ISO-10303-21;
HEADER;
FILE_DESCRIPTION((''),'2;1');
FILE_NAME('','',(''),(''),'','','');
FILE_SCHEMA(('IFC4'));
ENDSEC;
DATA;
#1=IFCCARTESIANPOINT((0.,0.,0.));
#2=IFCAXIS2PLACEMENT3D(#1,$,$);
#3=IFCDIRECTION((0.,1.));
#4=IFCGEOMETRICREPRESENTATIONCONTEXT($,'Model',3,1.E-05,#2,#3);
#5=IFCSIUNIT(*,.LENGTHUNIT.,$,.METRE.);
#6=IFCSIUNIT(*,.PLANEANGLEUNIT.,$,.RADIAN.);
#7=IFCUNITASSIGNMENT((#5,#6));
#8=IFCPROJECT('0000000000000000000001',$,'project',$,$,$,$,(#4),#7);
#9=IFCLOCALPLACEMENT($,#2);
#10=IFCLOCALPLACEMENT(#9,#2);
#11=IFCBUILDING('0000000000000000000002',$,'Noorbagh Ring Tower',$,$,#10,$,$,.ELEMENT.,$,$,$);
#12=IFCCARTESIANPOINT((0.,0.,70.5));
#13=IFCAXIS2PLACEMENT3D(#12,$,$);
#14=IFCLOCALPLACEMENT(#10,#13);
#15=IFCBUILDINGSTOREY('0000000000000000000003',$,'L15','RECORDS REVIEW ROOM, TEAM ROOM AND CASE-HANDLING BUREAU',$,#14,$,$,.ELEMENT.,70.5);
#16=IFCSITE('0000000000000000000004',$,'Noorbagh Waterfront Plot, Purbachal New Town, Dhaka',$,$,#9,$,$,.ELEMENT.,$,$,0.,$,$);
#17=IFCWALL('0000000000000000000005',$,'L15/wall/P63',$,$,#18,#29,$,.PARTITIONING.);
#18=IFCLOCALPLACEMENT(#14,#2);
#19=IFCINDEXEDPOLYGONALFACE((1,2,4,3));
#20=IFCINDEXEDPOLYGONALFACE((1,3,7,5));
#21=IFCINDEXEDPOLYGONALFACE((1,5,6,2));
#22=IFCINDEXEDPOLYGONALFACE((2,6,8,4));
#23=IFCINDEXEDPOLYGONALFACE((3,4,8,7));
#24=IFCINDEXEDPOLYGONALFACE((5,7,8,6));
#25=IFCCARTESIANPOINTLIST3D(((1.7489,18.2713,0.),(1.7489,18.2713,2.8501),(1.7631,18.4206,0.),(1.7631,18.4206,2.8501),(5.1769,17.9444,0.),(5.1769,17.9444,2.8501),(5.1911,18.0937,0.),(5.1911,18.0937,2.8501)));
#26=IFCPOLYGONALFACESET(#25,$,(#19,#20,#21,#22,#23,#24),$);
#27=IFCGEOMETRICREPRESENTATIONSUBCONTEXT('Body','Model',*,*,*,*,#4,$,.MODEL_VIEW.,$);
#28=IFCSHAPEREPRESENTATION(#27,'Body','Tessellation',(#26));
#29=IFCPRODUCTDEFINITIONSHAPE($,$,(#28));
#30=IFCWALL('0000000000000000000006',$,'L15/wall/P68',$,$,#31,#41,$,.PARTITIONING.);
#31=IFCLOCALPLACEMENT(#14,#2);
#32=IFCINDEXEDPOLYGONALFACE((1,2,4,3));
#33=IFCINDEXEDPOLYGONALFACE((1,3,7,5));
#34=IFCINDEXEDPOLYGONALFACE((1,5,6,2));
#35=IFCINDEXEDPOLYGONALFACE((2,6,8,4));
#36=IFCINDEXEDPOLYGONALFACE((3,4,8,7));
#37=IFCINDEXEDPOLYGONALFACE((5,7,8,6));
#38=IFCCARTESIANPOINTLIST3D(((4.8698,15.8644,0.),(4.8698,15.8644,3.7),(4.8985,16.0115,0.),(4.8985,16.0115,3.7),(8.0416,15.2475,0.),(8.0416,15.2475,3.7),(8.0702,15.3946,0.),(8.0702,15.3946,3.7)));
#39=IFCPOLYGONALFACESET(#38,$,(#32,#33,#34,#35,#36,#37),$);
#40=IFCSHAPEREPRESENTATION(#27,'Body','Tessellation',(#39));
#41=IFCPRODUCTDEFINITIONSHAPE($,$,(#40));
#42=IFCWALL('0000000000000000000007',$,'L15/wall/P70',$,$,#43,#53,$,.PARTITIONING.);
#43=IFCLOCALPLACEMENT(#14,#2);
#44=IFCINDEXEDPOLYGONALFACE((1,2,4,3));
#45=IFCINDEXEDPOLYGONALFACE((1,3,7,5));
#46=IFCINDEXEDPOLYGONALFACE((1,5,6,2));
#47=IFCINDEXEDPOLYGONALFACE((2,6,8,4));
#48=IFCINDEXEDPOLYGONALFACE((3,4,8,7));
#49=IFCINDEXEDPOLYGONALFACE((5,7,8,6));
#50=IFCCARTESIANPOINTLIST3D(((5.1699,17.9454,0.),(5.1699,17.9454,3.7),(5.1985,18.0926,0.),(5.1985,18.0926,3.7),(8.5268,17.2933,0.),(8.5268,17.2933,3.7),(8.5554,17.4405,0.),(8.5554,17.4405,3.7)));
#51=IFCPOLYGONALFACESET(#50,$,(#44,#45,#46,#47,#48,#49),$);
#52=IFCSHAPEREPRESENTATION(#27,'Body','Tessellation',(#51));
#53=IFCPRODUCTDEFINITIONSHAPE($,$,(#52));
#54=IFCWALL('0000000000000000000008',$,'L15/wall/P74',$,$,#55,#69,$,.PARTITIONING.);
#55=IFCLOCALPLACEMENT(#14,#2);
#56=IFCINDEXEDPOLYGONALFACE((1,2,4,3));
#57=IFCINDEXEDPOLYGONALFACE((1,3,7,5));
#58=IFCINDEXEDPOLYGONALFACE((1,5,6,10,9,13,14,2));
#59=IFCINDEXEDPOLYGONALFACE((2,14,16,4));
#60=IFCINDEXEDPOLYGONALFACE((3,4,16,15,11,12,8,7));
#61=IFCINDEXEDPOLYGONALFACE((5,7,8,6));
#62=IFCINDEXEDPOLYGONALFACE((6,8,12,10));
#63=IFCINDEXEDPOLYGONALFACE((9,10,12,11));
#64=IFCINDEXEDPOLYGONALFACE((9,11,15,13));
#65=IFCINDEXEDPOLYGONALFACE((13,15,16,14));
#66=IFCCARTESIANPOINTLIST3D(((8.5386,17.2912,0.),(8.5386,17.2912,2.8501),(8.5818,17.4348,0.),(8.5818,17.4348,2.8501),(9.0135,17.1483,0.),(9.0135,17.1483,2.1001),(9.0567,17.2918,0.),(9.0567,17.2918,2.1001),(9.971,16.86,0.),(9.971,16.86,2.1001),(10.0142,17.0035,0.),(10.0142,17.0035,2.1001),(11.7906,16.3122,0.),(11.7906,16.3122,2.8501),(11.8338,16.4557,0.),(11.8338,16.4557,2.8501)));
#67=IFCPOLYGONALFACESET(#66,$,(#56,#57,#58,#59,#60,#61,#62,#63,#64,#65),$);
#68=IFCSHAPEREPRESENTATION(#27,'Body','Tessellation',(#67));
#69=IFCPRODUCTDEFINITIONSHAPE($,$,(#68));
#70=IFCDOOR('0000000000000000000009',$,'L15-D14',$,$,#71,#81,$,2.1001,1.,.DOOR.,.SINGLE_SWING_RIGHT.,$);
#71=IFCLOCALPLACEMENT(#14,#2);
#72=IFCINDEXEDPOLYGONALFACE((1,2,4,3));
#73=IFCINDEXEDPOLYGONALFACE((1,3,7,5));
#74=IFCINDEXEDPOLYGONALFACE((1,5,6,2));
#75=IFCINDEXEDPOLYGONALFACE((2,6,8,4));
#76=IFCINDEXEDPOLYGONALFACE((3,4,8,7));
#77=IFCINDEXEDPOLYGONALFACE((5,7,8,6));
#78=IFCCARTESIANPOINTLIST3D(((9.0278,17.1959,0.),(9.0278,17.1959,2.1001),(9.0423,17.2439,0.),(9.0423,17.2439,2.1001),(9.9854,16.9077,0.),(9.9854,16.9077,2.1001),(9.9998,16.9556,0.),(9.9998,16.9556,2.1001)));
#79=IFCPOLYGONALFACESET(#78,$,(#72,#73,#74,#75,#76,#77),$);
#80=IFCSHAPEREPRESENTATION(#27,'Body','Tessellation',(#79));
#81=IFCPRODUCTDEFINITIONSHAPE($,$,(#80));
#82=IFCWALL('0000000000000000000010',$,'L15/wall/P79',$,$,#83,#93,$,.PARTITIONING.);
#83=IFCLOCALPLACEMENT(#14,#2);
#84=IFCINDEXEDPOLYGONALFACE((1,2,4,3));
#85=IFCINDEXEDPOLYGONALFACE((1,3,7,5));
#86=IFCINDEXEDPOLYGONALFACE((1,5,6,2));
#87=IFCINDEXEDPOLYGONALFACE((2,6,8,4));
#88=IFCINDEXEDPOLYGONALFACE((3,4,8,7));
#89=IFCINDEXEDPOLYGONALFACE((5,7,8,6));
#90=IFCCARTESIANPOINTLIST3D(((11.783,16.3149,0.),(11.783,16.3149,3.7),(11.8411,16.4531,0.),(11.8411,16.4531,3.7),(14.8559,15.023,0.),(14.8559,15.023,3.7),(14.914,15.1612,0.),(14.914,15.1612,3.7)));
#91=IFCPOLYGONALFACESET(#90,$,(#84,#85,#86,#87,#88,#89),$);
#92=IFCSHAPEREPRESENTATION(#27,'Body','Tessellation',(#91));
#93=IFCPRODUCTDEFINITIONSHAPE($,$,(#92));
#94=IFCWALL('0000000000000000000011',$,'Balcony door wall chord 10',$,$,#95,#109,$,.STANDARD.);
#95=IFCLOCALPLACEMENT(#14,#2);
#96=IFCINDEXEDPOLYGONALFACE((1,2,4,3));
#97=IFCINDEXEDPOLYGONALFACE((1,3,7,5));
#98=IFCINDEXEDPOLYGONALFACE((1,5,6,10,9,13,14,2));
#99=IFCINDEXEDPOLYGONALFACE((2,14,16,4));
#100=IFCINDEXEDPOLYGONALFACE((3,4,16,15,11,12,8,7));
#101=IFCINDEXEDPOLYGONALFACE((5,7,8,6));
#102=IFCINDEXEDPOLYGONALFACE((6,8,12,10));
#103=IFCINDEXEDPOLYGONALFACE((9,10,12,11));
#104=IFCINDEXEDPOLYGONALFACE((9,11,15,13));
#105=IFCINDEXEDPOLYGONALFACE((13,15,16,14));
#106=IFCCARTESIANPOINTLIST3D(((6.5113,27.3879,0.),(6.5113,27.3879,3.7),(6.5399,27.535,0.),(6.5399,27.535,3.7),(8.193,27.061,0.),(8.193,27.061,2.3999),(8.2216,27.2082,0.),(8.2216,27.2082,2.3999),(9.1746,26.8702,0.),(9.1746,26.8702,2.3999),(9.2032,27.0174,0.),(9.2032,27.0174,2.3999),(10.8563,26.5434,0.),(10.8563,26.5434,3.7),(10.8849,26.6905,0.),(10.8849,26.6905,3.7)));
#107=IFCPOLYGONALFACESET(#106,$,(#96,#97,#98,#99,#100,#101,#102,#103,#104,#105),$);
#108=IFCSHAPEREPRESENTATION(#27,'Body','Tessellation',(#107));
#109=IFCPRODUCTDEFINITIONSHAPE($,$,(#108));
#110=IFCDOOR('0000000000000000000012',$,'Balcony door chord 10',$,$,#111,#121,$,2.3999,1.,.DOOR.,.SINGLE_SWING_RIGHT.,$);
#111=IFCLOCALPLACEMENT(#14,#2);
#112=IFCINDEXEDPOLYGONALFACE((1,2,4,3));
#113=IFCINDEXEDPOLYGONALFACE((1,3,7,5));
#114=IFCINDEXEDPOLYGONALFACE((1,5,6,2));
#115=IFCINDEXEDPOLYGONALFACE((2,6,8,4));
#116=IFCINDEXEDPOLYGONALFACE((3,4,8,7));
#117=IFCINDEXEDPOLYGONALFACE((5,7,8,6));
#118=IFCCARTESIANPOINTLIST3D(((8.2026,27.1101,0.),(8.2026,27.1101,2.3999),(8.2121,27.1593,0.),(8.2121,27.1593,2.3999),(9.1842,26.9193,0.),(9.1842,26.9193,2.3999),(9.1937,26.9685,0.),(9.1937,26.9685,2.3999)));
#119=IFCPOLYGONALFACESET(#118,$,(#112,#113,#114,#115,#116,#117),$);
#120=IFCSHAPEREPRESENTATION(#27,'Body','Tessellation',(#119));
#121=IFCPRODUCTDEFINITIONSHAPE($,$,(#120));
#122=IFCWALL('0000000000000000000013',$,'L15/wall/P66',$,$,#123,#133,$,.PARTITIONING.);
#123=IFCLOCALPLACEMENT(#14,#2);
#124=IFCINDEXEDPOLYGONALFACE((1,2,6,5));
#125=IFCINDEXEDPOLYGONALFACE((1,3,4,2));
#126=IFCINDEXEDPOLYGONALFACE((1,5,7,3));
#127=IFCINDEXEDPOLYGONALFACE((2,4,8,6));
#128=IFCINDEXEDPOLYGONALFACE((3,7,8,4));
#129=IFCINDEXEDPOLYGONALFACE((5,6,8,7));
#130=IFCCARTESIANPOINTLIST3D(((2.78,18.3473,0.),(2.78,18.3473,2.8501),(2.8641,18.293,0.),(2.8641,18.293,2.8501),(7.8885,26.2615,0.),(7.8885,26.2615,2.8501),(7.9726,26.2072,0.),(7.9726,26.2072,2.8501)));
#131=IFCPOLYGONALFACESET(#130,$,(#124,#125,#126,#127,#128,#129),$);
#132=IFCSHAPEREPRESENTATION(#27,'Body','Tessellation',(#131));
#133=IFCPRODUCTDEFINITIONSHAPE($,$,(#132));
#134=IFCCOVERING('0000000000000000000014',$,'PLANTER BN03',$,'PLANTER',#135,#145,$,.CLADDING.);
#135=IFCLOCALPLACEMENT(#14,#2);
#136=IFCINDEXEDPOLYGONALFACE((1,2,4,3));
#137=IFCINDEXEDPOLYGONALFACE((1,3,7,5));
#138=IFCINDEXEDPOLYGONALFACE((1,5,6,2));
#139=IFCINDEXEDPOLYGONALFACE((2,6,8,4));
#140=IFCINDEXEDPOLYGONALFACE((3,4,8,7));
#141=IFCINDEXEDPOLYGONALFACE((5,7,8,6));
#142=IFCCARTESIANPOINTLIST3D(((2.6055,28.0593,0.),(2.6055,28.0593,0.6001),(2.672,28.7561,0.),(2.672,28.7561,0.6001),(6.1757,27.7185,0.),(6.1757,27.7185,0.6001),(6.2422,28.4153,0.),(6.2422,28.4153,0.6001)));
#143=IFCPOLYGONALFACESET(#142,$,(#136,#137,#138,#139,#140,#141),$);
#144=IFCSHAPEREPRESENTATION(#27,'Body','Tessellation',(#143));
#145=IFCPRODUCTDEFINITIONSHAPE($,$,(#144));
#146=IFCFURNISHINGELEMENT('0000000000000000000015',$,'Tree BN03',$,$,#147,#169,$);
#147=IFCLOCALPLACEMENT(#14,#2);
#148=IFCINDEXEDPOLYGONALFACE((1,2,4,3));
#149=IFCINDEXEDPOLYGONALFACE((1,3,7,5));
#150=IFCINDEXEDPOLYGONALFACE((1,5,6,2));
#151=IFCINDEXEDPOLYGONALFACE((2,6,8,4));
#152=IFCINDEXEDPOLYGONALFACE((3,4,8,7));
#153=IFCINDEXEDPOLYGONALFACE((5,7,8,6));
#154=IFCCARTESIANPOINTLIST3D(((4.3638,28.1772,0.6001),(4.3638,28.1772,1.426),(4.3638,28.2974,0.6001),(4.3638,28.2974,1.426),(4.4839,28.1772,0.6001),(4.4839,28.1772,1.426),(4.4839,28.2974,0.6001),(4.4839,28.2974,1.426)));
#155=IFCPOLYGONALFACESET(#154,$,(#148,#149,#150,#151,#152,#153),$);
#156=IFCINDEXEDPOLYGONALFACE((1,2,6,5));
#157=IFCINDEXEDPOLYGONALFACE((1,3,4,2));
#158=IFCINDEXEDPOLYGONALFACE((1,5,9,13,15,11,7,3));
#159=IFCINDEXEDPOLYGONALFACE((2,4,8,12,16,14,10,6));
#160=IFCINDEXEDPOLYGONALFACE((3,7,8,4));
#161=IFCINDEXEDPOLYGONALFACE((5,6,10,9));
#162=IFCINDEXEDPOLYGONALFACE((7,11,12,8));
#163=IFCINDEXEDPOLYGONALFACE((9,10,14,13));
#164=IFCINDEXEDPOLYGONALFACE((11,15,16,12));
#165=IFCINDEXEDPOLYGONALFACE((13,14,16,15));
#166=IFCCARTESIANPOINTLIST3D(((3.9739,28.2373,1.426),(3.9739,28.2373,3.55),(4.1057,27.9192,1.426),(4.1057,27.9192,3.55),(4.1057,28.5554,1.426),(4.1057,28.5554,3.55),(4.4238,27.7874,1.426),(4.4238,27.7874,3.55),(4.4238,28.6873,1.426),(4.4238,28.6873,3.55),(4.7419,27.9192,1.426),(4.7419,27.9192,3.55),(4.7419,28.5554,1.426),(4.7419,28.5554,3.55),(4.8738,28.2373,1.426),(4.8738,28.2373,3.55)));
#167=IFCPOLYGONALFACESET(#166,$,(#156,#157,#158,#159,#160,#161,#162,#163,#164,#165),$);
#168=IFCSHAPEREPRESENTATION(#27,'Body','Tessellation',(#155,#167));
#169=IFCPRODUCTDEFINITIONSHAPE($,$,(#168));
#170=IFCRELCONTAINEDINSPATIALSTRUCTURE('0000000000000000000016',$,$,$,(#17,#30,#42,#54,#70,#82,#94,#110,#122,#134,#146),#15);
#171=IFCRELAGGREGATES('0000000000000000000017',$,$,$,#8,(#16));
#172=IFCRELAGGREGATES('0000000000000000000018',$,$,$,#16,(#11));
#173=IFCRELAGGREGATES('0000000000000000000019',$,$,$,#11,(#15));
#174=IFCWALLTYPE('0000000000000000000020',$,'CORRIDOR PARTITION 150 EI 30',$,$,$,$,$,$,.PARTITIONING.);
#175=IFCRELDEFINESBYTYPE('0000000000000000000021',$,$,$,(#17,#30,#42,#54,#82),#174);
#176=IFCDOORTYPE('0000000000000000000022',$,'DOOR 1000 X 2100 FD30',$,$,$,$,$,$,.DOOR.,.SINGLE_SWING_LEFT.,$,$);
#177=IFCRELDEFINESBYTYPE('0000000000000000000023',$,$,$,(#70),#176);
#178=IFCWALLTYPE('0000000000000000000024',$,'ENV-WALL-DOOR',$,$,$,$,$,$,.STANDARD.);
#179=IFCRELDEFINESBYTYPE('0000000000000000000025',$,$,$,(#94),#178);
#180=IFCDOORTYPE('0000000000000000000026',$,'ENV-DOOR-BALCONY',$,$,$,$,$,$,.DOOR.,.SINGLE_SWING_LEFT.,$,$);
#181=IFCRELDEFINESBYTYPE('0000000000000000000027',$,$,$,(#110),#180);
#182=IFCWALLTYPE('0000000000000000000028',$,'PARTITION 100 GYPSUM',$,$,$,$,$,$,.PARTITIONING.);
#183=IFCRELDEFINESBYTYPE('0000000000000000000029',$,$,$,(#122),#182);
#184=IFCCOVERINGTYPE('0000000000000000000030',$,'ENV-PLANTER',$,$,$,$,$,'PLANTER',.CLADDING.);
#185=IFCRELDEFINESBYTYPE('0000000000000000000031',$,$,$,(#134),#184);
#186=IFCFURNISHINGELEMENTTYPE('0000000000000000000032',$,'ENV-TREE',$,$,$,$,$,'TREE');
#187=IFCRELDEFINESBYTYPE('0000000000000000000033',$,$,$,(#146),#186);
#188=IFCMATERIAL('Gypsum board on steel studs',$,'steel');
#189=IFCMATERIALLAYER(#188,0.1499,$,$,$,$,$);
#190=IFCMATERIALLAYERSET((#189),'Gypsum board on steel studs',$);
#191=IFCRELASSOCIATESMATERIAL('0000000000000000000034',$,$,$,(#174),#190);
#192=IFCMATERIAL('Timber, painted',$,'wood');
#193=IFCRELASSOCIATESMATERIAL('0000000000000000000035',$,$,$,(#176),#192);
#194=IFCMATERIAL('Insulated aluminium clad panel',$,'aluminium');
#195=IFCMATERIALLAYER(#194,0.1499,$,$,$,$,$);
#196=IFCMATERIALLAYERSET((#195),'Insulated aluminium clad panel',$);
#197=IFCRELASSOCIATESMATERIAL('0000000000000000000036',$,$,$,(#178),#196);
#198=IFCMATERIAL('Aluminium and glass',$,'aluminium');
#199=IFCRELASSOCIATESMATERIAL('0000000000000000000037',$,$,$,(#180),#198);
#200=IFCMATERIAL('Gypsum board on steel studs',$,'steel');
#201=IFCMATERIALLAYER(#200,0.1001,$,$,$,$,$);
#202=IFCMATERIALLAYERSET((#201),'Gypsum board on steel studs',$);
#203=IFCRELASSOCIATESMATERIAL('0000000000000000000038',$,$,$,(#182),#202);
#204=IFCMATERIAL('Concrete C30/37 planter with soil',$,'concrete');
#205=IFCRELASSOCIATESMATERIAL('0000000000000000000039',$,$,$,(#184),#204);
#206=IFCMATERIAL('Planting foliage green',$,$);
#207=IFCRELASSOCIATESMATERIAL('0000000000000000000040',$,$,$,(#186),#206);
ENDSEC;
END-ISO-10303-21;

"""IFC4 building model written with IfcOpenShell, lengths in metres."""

from ifc_helpers import new_model, si_unit, direction, frame, frame_2d, origin, origin_2d, place, context, subcontext, project, spatial, polyline, rectangle, outline, extrude, material, layer, layer_set, type_object, element, fill, save


model = new_model("IFC4")

# Units and contexts
model_context = context("Model", 3, precision=1e-05, world=origin(), true_north=direction((0.0, 1.0)))
body_context = subcontext(model_context, "Body", "Model", "MODEL_VIEW")
ifc_project = project(units=[si_unit("LENGTHUNIT", "METRE"), si_unit("PLANEANGLEUNIT", "RADIAN")], contexts=[model_context])

# Site, building, storey
site_placement = place(None, origin())
site = spatial("IfcSite", under=ifc_project, at=site_placement, Name="Noorbagh Waterfront Plot, Purbachal New Town, Dhaka", CompositionType="ELEMENT", RefElevation=0.0)
building_placement = place(site_placement, origin())
building = spatial("IfcBuilding", under=site, at=building_placement, Name="Noorbagh Ring Tower", CompositionType="ELEMENT")
storey_placement = place(building_placement, frame((0.0, 0.0, 70.5)))
storey = spatial("IfcBuildingStorey", under=building, at=storey_placement, Name="L15", Description="RECORDS REVIEW ROOM, TEAM ROOM AND CASE-HANDLING BUREAU", CompositionType="ELEMENT", Elevation=70.5)

# Walls
ifc_material_1 = material(Name="Gypsum board on steel studs", Category="steel")
ifc_layer_1 = layer(ifc_material_1, 0.1499)
ifc_layer_set_1 = layer_set([ifc_layer_1], Name="Gypsum board on steel studs")
wall_type_1 = type_object("IfcWallType", Name="CORRIDOR PARTITION 150 EI 30", PredefinedType="PARTITIONING", material=ifc_layer_set_1)
wall_1_placement = place(storey_placement, frame((1.7561, 18.3459, 0.0), z_axis=(0.0, 0.0, 1.0), x_axis=(0.995484, -0.094933, 0.0)))
element("IfcWall", 1, at=wall_1_placement, inside=storey, type_object=wall_type_1, Name="L15/wall/P63", PredefinedType="PARTITIONING", context=body_context, shape_type="SweptSolid", body=[
    extrude(rectangle(XDim=3.4436, YDim=0.1499, at=frame_2d((1.7217, 0.0))), origin(), (0.0, 0.0, 1.0), 2.8501),
])
wall_2_placement = place(storey_placement, frame((4.884, 15.938, 0.0), z_axis=(0.0, 0.0, 1.0), x_axis=(0.981604, -0.190926, 0.0)))
element("IfcWall", 2, at=wall_2_placement, inside=storey, type_object=wall_type_1, Name="L15/wall/P68", PredefinedType="PARTITIONING", context=body_context, shape_type="SweptSolid", body=[
    extrude(rectangle(XDim=3.2312, YDim=0.1499, at=frame_2d((1.6157, 0.0))), origin(), (0.0, 0.0, 1.0), 3.7),
])
wall_3_placement = place(storey_placement, frame((5.1841, 18.019, 0.0), z_axis=(0.0, 0.0, 1.0), x_axis=(0.98165, -0.19069, 0.0)))
element("IfcWall", 3, at=wall_3_placement, inside=storey, type_object=wall_type_1, Name="L15/wall/P70", PredefinedType="PARTITIONING", context=body_context, shape_type="SweptSolid", body=[
    extrude(rectangle(XDim=3.4197, YDim=0.1499, at=frame_2d((1.71, 0.0))), origin(), (0.0, 0.0, 1.0), 3.7),
])

# Wall, opening, door
wall_4_placement = place(storey_placement, frame((8.5601, 17.363, 0.0), z_axis=(0.0, 0.0, 1.0), x_axis=(0.957549, -0.288271, 0.0)))
wall_4 = element("IfcWall", 4, at=wall_4_placement, inside=storey, type_object=wall_type_1, Name="L15/wall/P74", PredefinedType="PARTITIONING", context=body_context, shape_type="SweptSolid", body=[
    extrude(rectangle(XDim=3.3962, YDim=0.1499, at=frame_2d((1.6982, 0.0))), origin(), (0.0, 0.0, 1.0), 2.8501),
])
opening_1_placement = place(wall_4_placement, frame((0.4961, 0.0, 0.0)))
opening_1 = element("IfcOpeningElement", 5, at=opening_1_placement, cuts=wall_4, PredefinedType="OPENING", context=body_context, shape_type="SweptSolid", body=[
    extrude(rectangle(XDim=1.0, YDim=2.1001, at=frame_2d((0.5, 1.05))), frame((0.0, 0.085, 0.0), z_axis=(0.0, -1.0, 0.0), x_axis=(1.0, 0.0, 0.0)), (0.0, 0.0, 1.0), 0.1699),
])
ifc_material_2 = material(Name="Timber, painted", Category="wood")
door_type_1 = type_object("IfcDoorType", Name="DOOR 1000 X 2100 FD30", OperationType="SINGLE_SWING_LEFT", PredefinedType="DOOR", material=ifc_material_2)
door_1_placement = place(opening_1_placement, origin())
door_1 = element("IfcDoor", 6, at=door_1_placement, inside=storey, type_object=door_type_1, Name="L15-D14", OperationType="SINGLE_SWING_RIGHT", OverallHeight=2.1001, OverallWidth=1.0, PredefinedType="DOOR", context=body_context, shape_type="SweptSolid", body=[
    extrude(rectangle(XDim=1.0, YDim=2.1001, at=frame_2d((0.5, 1.05))), frame((0.0, 0.0249, 0.0), z_axis=(0.0, -1.0, 0.0), x_axis=(1.0, 0.0, 0.0)), (0.0, 0.0, 1.0), 0.05),
])
fill(opening_1, door_1)

# Wall
wall_5_placement = place(storey_placement, frame((11.812, 16.384, 0.0), z_axis=(0.0, 0.0, 1.0), x_axis=(0.921839, -0.387572, 0.0)))
element("IfcWall", 7, at=wall_5_placement, inside=storey, type_object=wall_type_1, Name="L15/wall/P79", PredefinedType="PARTITIONING", context=body_context, shape_type="SweptSolid", body=[
    extrude(rectangle(XDim=3.3335, YDim=0.1499, at=frame_2d((1.6667, 0.0))), origin(), (0.0, 0.0, 1.0), 3.7),
])

# Wall, opening, door
ifc_material_3 = material(Name="Insulated aluminium clad panel", Category="aluminium")
ifc_layer_2 = layer(ifc_material_3, 0.1499)
ifc_layer_set_2 = layer_set([ifc_layer_2], Name="Insulated aluminium clad panel")
wall_type_2 = type_object("IfcWallType", Name="ENV-WALL-DOOR", PredefinedType="STANDARD", material=ifc_layer_set_2)
wall_6_placement = place(storey_placement, frame((10.8706, 26.6169, 0.0), z_axis=(0.0, 0.0, 1.0), x_axis=(-0.981631, 0.190788, 0.0)))
wall_6 = element("IfcWall", 8, at=wall_6_placement, inside=storey, type_object=wall_type_2, Name="Balcony door wall chord 10", PredefinedType="STANDARD", context=body_context, shape_type="SweptSolid", body=[
    extrude(rectangle(XDim=4.4263, YDim=0.1499, at=frame_2d((2.2131, 0.0))), origin(), (0.0, 0.0, 1.0), 3.7),
])
opening_2_placement = place(wall_6_placement, frame((1.7131, 0.0, 0.0)))
opening_2 = element("IfcOpeningElement", 9, at=opening_2_placement, cuts=wall_6, PredefinedType="OPENING", context=body_context, shape_type="SweptSolid", body=[
    extrude(rectangle(XDim=1.0, YDim=2.3999, at=frame_2d((0.5, 1.2))), frame((0.0, 0.085, 0.0), z_axis=(0.0, -1.0, 0.0), x_axis=(1.0, 0.0, 0.0)), (0.0, 0.0, 1.0), 0.1699),
])
ifc_material_4 = material(Name="Aluminium and glass", Category="aluminium")
door_type_2 = type_object("IfcDoorType", Name="ENV-DOOR-BALCONY", OperationType="SINGLE_SWING_LEFT", PredefinedType="DOOR", material=ifc_material_4)
door_2_placement = place(opening_2_placement, origin())
door_2 = element("IfcDoor", 10, at=door_2_placement, inside=storey, type_object=door_type_2, Name="Balcony door chord 10", OperationType="SINGLE_SWING_RIGHT", OverallHeight=2.3999, OverallWidth=1.0, PredefinedType="DOOR", context=body_context, shape_type="SweptSolid", body=[
    extrude(rectangle(XDim=1.0, YDim=2.3999, at=frame_2d((0.5, 1.2))), frame((0.0, 0.0249, 0.0), z_axis=(0.0, -1.0, 0.0), x_axis=(1.0, 0.0, 0.0)), (0.0, 0.0, 1.0), 0.05),
])
fill(opening_2, door_2)

# Wall
ifc_material_5 = material(Name="Gypsum board on steel studs", Category="steel")
ifc_layer_3 = layer(ifc_material_5, 0.1001)
ifc_layer_set_3 = layer_set([ifc_layer_3], Name="Gypsum board on steel studs")
wall_type_3 = type_object("IfcWallType", Name="PARTITION 100 GYPSUM", PredefinedType="PARTITIONING", material=ifc_layer_set_3)
wall_7_placement = place(storey_placement, frame((2.822, 18.3201, 0.0), z_axis=(0.0, 0.0, 1.0), x_axis=(0.542318, 0.840173, 0.0)))
element("IfcWall", 11, at=wall_7_placement, inside=storey, type_object=wall_type_3, Name="L15/wall/P66", PredefinedType="PARTITIONING", context=body_context, shape_type="SweptSolid", body=[
    extrude(rectangle(XDim=9.4197, YDim=0.1001, at=frame_2d((4.71, 0.0))), origin(), (0.0, 0.0, 1.0), 2.8501),
])

# Covering
ifc_material_6 = material(Name="Concrete C30/37 planter with soil", Category="concrete")
covering_type = type_object("IfcCoveringType", Name="ENV-PLANTER", ElementType="PLANTER", PredefinedType="CLADDING", material=ifc_material_6)
covering_placement = place(storey_placement, frame((4.4238, 28.2373, 0.0), z_axis=(0.0, 0.0, 1.0), x_axis=(-0.995476, 0.095008, 0.0)))
element("IfcCovering", 12, at=covering_placement, inside=storey, type_object=covering_type, Name="PLANTER BN03", ObjectType="PLANTER", PredefinedType="CLADDING", context=body_context, shape_type="SweptSolid", body=[
    extrude(rectangle(XDim=3.5864, YDim=0.7, at=origin_2d()), origin(), (0.0, 0.0, 1.0), 0.6001),
])

# Furnishing element
ifc_material_7 = material(Name="Planting foliage green")
furnishing_element_type = type_object("IfcFurnishingElementType", Name="ENV-TREE", ElementType="TREE", material=ifc_material_7)
furnishing_placement = place(storey_placement, frame((4.4238, 28.2373, 0.6001), z_axis=(0.0, 0.0, 1.0), x_axis=(1.0, 0.0, 0.0)))
element("IfcFurnishingElement", 13, at=furnishing_placement, inside=storey, type_object=furnishing_element_type, Name="Tree BN03", context=body_context, shape_type="SweptSolid", body=[
    extrude(rectangle(XDim=0.1201, YDim=0.1201, at=origin_2d()), origin(), (0.0, 0.0, 1.0), 0.8259),
    extrude(outline(polyline([(0.45, 0.0), (0.3181, 0.3181), (0.0, 0.45), (-0.3181, 0.3181), (-0.45, 0.0), (-0.3181, -0.3181), (0.0, -0.45), (0.3181, -0.3181), (0.45, 0.0)])), frame((0.0, 0.0, 0.8259)), (0.0, 0.0, 1.0), 2.124),
])

save(model, "model.ifc")
